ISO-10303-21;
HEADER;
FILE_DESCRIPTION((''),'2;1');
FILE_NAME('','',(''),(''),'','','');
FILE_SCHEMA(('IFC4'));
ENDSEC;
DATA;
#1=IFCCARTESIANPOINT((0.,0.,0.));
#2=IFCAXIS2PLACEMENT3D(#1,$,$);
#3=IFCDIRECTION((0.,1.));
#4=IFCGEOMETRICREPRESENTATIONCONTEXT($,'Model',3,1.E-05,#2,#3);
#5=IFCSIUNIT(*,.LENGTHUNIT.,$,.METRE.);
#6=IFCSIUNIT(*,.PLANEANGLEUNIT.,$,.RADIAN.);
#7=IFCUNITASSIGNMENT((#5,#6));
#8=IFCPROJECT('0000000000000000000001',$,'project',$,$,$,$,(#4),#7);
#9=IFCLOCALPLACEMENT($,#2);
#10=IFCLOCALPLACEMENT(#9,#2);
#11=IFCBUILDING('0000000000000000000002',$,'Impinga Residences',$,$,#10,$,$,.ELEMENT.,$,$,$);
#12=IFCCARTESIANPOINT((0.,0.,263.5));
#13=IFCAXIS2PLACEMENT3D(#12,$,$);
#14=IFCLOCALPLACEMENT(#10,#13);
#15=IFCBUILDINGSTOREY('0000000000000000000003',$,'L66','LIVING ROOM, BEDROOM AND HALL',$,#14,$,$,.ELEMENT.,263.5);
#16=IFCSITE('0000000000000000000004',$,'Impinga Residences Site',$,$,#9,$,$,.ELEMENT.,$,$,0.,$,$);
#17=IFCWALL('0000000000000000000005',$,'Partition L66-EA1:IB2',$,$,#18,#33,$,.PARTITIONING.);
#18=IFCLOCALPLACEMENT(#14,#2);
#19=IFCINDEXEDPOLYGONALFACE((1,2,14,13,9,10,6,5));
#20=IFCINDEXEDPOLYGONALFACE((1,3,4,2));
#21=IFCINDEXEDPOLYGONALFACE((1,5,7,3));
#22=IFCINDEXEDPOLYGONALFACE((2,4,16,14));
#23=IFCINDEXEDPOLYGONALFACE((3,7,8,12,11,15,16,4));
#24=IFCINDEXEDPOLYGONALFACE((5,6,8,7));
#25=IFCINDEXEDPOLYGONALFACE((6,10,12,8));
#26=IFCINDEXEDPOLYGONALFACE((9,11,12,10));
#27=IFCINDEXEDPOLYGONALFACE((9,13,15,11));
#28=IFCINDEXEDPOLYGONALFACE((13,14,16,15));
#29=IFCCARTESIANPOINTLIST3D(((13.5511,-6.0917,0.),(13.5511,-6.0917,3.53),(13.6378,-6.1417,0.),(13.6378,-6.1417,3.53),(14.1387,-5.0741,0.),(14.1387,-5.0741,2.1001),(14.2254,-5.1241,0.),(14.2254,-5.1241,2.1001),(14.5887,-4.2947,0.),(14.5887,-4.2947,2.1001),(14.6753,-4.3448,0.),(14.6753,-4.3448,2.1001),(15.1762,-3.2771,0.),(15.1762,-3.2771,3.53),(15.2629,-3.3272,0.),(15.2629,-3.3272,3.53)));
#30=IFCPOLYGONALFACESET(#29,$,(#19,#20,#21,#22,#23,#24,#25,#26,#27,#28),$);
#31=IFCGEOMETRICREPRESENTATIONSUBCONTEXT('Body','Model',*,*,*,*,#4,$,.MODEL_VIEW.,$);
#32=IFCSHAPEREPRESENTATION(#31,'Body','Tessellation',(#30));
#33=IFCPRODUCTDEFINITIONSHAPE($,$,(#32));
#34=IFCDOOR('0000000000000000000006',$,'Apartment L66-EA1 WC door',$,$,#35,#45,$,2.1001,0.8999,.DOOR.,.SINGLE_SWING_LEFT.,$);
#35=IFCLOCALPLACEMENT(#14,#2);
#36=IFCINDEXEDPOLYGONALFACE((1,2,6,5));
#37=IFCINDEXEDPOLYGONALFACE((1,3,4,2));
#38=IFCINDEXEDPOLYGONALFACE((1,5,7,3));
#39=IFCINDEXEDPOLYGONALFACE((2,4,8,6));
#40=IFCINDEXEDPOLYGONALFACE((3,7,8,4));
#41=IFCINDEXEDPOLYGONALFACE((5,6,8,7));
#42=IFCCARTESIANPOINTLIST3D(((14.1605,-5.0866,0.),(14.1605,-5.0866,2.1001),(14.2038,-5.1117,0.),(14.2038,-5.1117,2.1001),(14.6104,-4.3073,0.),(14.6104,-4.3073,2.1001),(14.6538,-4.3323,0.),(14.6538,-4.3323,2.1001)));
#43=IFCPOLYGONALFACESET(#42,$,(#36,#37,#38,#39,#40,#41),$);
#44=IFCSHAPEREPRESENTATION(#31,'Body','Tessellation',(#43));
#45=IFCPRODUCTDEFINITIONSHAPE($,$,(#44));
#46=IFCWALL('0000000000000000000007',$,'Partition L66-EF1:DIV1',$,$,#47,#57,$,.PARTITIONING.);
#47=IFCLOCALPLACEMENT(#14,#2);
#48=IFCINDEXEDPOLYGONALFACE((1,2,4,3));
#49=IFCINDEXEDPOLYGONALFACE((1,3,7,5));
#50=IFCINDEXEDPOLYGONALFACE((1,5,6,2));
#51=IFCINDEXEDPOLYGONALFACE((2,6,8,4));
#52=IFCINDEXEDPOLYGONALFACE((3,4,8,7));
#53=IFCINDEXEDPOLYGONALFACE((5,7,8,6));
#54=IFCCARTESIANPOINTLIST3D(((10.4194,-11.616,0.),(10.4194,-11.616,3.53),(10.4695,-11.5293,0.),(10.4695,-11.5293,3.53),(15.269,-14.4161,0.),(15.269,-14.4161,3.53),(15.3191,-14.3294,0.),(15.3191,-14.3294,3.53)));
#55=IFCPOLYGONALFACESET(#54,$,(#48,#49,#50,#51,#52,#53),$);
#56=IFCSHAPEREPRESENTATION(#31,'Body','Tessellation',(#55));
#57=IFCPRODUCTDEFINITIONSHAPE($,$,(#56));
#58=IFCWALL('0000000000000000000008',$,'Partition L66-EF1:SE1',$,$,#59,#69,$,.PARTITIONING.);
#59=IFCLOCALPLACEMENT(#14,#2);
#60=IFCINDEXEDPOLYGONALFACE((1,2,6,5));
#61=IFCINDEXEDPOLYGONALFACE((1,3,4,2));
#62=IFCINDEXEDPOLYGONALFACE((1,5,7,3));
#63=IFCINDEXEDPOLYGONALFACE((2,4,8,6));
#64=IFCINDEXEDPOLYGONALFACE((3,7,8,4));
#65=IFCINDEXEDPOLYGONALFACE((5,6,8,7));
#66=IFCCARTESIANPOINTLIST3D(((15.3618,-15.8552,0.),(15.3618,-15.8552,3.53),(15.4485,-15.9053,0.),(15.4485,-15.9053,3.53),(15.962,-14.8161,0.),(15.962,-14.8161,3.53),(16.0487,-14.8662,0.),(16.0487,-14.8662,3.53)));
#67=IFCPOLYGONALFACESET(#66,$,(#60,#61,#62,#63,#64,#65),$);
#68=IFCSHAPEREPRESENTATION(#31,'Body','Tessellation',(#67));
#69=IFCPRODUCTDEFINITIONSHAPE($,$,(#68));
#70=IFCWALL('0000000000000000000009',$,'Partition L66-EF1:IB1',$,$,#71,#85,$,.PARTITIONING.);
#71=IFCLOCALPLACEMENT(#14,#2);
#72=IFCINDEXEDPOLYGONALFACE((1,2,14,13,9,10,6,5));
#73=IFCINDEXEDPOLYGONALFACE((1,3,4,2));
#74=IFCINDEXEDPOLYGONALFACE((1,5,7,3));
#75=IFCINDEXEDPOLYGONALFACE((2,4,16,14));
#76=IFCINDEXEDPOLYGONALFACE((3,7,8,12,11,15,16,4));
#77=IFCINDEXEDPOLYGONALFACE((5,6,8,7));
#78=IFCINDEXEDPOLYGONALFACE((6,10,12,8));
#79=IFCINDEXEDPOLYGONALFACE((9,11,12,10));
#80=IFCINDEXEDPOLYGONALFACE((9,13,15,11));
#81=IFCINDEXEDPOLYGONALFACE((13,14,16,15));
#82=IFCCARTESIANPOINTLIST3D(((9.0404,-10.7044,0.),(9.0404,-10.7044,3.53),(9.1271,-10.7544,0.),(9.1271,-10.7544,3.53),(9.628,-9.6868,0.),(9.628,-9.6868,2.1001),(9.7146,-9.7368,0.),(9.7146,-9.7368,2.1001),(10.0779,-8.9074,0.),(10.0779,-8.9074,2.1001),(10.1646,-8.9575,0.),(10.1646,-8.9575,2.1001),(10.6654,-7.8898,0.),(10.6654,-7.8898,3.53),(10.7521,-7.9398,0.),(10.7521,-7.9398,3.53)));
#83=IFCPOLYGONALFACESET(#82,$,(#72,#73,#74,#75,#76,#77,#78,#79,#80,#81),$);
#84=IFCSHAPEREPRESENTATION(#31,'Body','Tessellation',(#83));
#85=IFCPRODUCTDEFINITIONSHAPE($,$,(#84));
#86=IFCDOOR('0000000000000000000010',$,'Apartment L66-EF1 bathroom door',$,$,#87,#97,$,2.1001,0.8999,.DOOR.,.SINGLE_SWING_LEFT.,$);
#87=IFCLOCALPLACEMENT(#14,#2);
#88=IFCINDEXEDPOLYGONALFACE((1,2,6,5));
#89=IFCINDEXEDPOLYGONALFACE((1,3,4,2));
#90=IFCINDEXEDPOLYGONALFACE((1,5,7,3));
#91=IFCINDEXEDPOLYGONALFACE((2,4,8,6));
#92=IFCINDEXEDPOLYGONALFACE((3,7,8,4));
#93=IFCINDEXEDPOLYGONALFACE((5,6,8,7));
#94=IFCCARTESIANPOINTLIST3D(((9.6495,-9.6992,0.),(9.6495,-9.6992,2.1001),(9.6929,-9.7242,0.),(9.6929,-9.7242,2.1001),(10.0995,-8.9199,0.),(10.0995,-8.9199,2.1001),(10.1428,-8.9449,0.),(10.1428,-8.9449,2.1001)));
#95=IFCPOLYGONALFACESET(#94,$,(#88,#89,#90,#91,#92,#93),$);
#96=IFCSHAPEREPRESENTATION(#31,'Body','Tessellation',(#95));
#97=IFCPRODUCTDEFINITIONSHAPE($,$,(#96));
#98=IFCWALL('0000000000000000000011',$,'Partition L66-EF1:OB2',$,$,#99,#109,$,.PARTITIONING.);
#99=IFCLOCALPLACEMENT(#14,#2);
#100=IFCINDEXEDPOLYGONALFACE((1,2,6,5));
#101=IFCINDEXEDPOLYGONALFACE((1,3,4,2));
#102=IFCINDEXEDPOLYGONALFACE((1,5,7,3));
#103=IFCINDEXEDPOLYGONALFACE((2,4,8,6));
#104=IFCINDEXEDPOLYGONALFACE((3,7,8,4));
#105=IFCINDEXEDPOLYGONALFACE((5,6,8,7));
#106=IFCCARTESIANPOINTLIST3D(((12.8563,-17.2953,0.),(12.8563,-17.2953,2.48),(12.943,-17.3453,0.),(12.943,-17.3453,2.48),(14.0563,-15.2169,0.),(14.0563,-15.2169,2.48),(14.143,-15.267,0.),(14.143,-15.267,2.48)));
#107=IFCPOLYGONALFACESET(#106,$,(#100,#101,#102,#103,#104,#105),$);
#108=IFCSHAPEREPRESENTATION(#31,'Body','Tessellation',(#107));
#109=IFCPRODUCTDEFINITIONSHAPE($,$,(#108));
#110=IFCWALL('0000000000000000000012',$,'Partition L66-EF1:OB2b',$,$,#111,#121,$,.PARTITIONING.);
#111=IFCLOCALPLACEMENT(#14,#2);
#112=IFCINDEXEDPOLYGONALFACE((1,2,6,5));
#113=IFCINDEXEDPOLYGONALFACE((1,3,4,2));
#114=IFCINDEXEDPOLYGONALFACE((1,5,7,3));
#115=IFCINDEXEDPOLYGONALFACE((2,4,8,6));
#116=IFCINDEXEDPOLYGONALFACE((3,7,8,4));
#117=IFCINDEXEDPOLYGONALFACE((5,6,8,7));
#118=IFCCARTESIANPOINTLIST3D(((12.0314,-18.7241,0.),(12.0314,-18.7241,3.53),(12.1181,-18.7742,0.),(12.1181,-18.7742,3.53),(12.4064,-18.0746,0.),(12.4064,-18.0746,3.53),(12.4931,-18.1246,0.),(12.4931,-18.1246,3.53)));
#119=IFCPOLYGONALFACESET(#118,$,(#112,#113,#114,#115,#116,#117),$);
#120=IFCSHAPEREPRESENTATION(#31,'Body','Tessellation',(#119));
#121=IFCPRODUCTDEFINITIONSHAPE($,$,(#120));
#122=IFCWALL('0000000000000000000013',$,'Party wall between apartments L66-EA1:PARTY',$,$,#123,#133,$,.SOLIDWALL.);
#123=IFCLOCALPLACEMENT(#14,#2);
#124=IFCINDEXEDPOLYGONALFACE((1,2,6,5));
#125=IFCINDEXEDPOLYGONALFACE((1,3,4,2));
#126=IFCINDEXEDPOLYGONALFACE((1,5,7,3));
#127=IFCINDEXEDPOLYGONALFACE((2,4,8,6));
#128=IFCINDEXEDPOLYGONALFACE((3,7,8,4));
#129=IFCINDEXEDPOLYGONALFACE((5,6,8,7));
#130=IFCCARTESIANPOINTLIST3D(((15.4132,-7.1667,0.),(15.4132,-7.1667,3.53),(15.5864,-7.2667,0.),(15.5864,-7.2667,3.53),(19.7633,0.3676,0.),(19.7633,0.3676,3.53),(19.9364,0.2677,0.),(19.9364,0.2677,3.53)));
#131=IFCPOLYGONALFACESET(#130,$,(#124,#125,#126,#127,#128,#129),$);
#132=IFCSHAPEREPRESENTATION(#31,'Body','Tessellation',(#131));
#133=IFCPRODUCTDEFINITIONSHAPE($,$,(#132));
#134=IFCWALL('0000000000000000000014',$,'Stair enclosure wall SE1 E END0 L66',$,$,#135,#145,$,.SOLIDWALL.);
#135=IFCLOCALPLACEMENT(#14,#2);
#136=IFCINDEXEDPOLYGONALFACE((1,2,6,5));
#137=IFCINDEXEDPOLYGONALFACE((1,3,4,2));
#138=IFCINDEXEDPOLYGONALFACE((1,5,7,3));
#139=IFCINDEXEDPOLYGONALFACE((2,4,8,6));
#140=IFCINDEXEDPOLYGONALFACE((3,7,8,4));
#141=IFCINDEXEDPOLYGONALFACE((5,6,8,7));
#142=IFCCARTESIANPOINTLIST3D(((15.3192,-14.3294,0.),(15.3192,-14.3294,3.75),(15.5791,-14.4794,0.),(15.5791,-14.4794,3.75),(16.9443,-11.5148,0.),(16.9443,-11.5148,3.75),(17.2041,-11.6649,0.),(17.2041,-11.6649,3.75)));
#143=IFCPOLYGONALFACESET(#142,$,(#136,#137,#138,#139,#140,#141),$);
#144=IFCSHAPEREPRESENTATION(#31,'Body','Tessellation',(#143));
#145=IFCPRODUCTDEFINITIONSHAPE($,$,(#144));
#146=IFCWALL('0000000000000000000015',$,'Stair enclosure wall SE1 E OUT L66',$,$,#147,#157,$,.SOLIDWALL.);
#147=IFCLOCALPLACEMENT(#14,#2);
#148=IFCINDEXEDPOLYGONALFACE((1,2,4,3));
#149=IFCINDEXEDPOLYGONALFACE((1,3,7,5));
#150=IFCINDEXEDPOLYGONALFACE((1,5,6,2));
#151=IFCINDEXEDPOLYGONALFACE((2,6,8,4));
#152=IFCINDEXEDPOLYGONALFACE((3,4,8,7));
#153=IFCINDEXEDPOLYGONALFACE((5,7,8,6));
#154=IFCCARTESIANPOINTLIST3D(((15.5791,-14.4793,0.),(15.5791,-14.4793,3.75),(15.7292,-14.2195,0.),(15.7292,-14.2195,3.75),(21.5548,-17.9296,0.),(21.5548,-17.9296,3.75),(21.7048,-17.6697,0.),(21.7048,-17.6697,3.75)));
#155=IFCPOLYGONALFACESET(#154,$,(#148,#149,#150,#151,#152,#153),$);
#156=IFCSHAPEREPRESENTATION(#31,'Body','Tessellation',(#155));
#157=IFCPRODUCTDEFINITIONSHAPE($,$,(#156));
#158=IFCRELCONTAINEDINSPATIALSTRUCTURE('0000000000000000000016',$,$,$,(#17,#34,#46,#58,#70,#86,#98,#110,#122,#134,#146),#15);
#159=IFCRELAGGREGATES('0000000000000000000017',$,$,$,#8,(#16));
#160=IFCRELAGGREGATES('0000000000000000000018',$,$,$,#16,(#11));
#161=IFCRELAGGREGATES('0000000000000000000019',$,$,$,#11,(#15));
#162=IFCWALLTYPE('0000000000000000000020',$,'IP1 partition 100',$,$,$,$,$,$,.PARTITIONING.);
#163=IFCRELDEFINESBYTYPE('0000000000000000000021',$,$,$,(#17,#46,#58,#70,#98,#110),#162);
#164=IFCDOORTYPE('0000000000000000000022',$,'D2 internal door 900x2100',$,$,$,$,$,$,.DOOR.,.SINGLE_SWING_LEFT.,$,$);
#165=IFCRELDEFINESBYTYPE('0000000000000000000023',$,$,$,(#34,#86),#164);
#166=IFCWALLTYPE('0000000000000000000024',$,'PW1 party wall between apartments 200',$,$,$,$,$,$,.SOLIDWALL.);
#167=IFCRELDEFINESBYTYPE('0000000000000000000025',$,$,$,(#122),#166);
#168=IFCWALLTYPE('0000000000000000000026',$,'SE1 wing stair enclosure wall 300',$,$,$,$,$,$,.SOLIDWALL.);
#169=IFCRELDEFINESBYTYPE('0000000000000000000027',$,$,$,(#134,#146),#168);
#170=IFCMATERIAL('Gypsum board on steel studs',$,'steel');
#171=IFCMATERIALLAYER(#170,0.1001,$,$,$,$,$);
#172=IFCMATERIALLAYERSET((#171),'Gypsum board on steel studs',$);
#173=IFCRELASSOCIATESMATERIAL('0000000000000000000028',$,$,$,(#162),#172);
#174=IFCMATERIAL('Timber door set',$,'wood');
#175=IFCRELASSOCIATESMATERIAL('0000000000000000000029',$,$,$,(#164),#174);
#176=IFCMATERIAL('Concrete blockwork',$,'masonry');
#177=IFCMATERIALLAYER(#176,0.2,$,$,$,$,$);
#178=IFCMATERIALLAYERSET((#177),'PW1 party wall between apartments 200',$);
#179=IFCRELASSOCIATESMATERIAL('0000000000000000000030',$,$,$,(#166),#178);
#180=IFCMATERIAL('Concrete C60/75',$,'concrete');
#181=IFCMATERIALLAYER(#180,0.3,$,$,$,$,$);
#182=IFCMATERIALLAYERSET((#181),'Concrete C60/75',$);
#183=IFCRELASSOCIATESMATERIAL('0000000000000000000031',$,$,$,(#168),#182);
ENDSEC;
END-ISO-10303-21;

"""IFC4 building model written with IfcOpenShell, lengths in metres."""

from ifc_helpers import new_model, si_unit, direction, frame, frame_2d, origin, place, context, subcontext, project, spatial, rectangle, extrude, material, layer, layer_set, type_object, element, fill, save


model = new_model("IFC4")

# Units and contexts
model_context = context("Model", 3, precision=1e-05, world=origin(), true_north=direction((0.0, 1.0)))
body_context = subcontext(model_context, "Body", "Model", "MODEL_VIEW")
ifc_project = project(units=[si_unit("LENGTHUNIT", "METRE"), si_unit("PLANEANGLEUNIT", "RADIAN")], contexts=[model_context])

# Site, building, storey
site_placement = place(None, origin())
site = spatial("IfcSite", under=ifc_project, at=site_placement, Name="Impinga Residences Site", CompositionType="ELEMENT", RefElevation=0.0)
building_placement = place(site_placement, origin())
building = spatial("IfcBuilding", under=site, at=building_placement, Name="Impinga Residences", CompositionType="ELEMENT")
storey_placement = place(building_placement, frame((0.0, 0.0, 263.5)))
storey = spatial("IfcBuildingStorey", under=building, at=storey_placement, Name="L66", Description="LIVING ROOM, BEDROOM AND HALL", CompositionType="ELEMENT", Elevation=263.5)

# Shared definitions
ifc_material_1 = material(Name="Concrete C60/75", Category="concrete")

# Shared definitions
ifc_material_2 = material(Name="Timber door set", Category="wood")

# Shared definitions
ifc_material_3 = material(Name="Gypsum board on steel studs", Category="steel")
ifc_layer_1 = layer(ifc_material_3, 0.1001)
ifc_layer_set_1 = layer_set([ifc_layer_1], Name="Gypsum board on steel studs")
wall_type_1 = type_object("IfcWallType", Name="IP1 partition 100", PredefinedType="PARTITIONING", material=ifc_layer_set_1)

# Wall, opening, door
door_type_1 = type_object("IfcDoorType", Name="D2 internal door 900x2100", OperationType="SINGLE_SWING_LEFT", PredefinedType="DOOR", material=ifc_material_2)
wall_1_placement = place(storey_placement, frame((13.5945, -6.1167, 0.0), z_axis=(0.0, 0.0, 1.0), x_axis=(0.500017, 0.866015, 0.0)))
wall_1 = element("IfcWall", 1, at=wall_1_placement, inside=storey, type_object=wall_type_1, Name="Partition L66-EA1:IB2", PredefinedType="PARTITIONING", context=body_context, shape_type="SweptSolid", body=[
    extrude(rectangle(XDim=3.25, YDim=0.1001, at=frame_2d((1.625, 0.0))), origin(), (0.0, 0.0, 1.0), 3.53),
])
opening_1_placement = place(wall_1_placement, frame((1.175, 0.0, 0.0)))
opening_1 = element("IfcOpeningElement", 2, at=opening_1_placement, cuts=wall_1, PredefinedType="OPENING", context=body_context, shape_type="SweptSolid", body=[
    extrude(rectangle(XDim=0.8999, YDim=2.1001, at=frame_2d((0.45, 1.05))), frame((0.0, 0.0601, 0.0), z_axis=(0.0, -1.0, 0.0), x_axis=(1.0, 0.0, 0.0)), (0.0, 0.0, 1.0), 0.1201),
])
door_1_placement = place(opening_1_placement, origin())
door_1 = element("IfcDoor", 3, at=door_1_placement, inside=storey, type_object=door_type_1, Name="Apartment L66-EA1 WC door", OperationType="SINGLE_SWING_LEFT", OverallHeight=2.1001, OverallWidth=0.8999, PredefinedType="DOOR", context=body_context, shape_type="SweptSolid", body=[
    extrude(rectangle(XDim=0.8999, YDim=2.1001, at=frame_2d((0.45, 1.05))), frame((0.0, 0.0249, 0.0), z_axis=(0.0, -1.0, 0.0), x_axis=(1.0, 0.0, 0.0)), (0.0, 0.0, 1.0), 0.05),
])
fill(opening_1, door_1)

# Walls
wall_2_placement = place(storey_placement, frame((10.4446, -11.5728, 0.0), z_axis=(0.0, 0.0, 1.0), x_axis=(0.866016, -0.500017, 0.0)))
element("IfcWall", 4, at=wall_2_placement, inside=storey, type_object=wall_type_1, Name="Partition L66-EF1:DIV1", PredefinedType="PARTITIONING", context=body_context, shape_type="SweptSolid", body=[
    extrude(rectangle(XDim=5.5999, YDim=0.1001, at=frame_2d((2.7998, 0.0))), origin(), (0.0, 0.0, 1.0), 3.53),
])
wall_3_placement = place(storey_placement, frame((16.0054, -14.8411, 0.0), z_axis=(0.0, 0.0, 1.0), x_axis=(-0.500122, -0.865955, 0.0)))
element("IfcWall", 5, at=wall_3_placement, inside=storey, type_object=wall_type_1, Name="Partition L66-EF1:SE1", PredefinedType="PARTITIONING", context=body_context, shape_type="SweptSolid", body=[
    extrude(rectangle(XDim=1.2, YDim=0.1001, at=frame_2d((0.6001, 0.0))), origin(), (0.0, 0.0, 1.0), 3.53),
])

# Wall, opening, door
wall_4_placement = place(storey_placement, frame((10.7087, -7.9148, 0.0), z_axis=(0.0, 0.0, 1.0), x_axis=(-0.499985, -0.866034, 0.0)))
wall_4 = element("IfcWall", 6, at=wall_4_placement, inside=storey, type_object=wall_type_1, Name="Partition L66-EF1:IB1", PredefinedType="PARTITIONING", context=body_context, shape_type="SweptSolid", body=[
    extrude(rectangle(XDim=3.25, YDim=0.1001, at=frame_2d((1.625, 0.0))), origin(), (0.0, 0.0, 1.0), 3.53),
])
opening_2_placement = place(wall_4_placement, frame((1.175, 0.0, 0.0)))
opening_2 = element("IfcOpeningElement", 7, at=opening_2_placement, cuts=wall_4, PredefinedType="OPENING", context=body_context, shape_type="SweptSolid", body=[
    extrude(rectangle(XDim=0.8999, YDim=2.1001, at=frame_2d((0.45, 1.05))), frame((0.0, 0.0601, 0.0), z_axis=(0.0, -1.0, 0.0), x_axis=(1.0, 0.0, 0.0)), (0.0, 0.0, 1.0), 0.1201),
])
door_2_placement = place(opening_2_placement, origin())
door_2 = element("IfcDoor", 8, at=door_2_placement, inside=storey, type_object=door_type_1, Name="Apartment L66-EF1 bathroom door", OperationType="SINGLE_SWING_LEFT", OverallHeight=2.1001, OverallWidth=0.8999, PredefinedType="DOOR", context=body_context, shape_type="SweptSolid", body=[
    extrude(rectangle(XDim=0.8999, YDim=2.1001, at=frame_2d((0.45, 1.05))), frame((0.0, 0.0249, 0.0), z_axis=(0.0, -1.0, 0.0), x_axis=(1.0, 0.0, 0.0)), (0.0, 0.0, 1.0), 0.05),
])
fill(opening_2, door_2)

# Walls
wall_5_placement = place(storey_placement, frame((14.0996, -15.2419, 0.0), z_axis=(0.0, 0.0, 1.0), x_axis=(-0.500001, -0.866025, 0.0)))
element("IfcWall", 9, at=wall_5_placement, inside=storey, type_object=wall_type_1, Name="Partition L66-EF1:OB2", PredefinedType="PARTITIONING", context=body_context, shape_type="SweptSolid", body=[
    extrude(rectangle(XDim=2.3999, YDim=0.1001, at=frame_2d((1.2, 0.0))), origin(), (0.0, 0.0, 1.0), 2.48),
])
wall_6_placement = place(storey_placement, frame((12.4497, -18.0996, 0.0), z_axis=(0.0, 0.0, 1.0), x_axis=(-0.49992, -0.866072, 0.0)))
element("IfcWall", 10, at=wall_6_placement, inside=storey, type_object=wall_type_1, Name="Partition L66-EF1:OB2b", PredefinedType="PARTITIONING", context=body_context, shape_type="SweptSolid", body=[
    extrude(rectangle(XDim=0.75, YDim=0.1001, at=frame_2d((0.375, 0.0))), origin(), (0.0, 0.0, 1.0), 3.53),
])
ifc_material_4 = material(Name="Concrete blockwork", Category="masonry")
ifc_layer_2 = layer(ifc_material_4, 0.2)
ifc_layer_set_2 = layer_set([ifc_layer_2], Name="PW1 party wall between apartments 200")
wall_type_2 = type_object("IfcWallType", Name="PW1 party wall between apartments 200", PredefinedType="SOLIDWALL", material=ifc_layer_set_2)
wall_7_placement = place(storey_placement, frame((15.4998, -7.2168, 0.0), z_axis=(0.0, 0.0, 1.0), x_axis=(0.500008, 0.866021, 0.0)))
element("IfcWall", 11, at=wall_7_placement, inside=storey, type_object=wall_type_2, Name="Party wall between apartments L66-EA1:PARTY", PredefinedType="SOLIDWALL", context=body_context, shape_type="SweptSolid", body=[
    extrude(rectangle(XDim=8.7, YDim=0.2, at=frame_2d((4.3501, 0.0))), origin(), (0.0, 0.0, 1.0), 3.53),
])
ifc_layer_3 = layer(ifc_material_1, 0.3)
ifc_layer_set_3 = layer_set([ifc_layer_3], Name="Concrete C60/75")
wall_type_3 = type_object("IfcWallType", Name="SE1 wing stair enclosure wall 300", PredefinedType="SOLIDWALL", material=ifc_layer_set_3)
wall_8_placement = place(storey_placement, frame((17.0742, -11.5898, 0.0), z_axis=(0.0, 0.0, 1.0), x_axis=(-0.500017, -0.866015, 0.0)))
element("IfcWall", 12, at=wall_8_placement, inside=storey, type_object=wall_type_3, Name="Stair enclosure wall SE1 E END0 L66", PredefinedType="SOLIDWALL", context=body_context, shape_type="SweptSolid", body=[
    extrude(rectangle(XDim=3.25, YDim=0.3, at=frame_2d((1.625, 0.0))), origin(), (0.0, 0.0, 1.0), 3.75),
])
wall_9_placement = place(storey_placement, frame((15.6541, -14.3494, 0.0), z_axis=(0.0, 0.0, 1.0), x_axis=(0.866014, -0.500021, 0.0)))
element("IfcWall", 13, at=wall_9_placement, inside=storey, type_object=wall_type_3, Name="Stair enclosure wall SE1 E OUT L66", PredefinedType="SOLIDWALL", context=body_context, shape_type="SweptSolid", body=[
    extrude(rectangle(XDim=6.9001, YDim=0.3, at=frame_2d((3.4502, 0.0))), origin(), (0.0, 0.0, 1.0), 3.75),
])

save(model, "model.ifc")
